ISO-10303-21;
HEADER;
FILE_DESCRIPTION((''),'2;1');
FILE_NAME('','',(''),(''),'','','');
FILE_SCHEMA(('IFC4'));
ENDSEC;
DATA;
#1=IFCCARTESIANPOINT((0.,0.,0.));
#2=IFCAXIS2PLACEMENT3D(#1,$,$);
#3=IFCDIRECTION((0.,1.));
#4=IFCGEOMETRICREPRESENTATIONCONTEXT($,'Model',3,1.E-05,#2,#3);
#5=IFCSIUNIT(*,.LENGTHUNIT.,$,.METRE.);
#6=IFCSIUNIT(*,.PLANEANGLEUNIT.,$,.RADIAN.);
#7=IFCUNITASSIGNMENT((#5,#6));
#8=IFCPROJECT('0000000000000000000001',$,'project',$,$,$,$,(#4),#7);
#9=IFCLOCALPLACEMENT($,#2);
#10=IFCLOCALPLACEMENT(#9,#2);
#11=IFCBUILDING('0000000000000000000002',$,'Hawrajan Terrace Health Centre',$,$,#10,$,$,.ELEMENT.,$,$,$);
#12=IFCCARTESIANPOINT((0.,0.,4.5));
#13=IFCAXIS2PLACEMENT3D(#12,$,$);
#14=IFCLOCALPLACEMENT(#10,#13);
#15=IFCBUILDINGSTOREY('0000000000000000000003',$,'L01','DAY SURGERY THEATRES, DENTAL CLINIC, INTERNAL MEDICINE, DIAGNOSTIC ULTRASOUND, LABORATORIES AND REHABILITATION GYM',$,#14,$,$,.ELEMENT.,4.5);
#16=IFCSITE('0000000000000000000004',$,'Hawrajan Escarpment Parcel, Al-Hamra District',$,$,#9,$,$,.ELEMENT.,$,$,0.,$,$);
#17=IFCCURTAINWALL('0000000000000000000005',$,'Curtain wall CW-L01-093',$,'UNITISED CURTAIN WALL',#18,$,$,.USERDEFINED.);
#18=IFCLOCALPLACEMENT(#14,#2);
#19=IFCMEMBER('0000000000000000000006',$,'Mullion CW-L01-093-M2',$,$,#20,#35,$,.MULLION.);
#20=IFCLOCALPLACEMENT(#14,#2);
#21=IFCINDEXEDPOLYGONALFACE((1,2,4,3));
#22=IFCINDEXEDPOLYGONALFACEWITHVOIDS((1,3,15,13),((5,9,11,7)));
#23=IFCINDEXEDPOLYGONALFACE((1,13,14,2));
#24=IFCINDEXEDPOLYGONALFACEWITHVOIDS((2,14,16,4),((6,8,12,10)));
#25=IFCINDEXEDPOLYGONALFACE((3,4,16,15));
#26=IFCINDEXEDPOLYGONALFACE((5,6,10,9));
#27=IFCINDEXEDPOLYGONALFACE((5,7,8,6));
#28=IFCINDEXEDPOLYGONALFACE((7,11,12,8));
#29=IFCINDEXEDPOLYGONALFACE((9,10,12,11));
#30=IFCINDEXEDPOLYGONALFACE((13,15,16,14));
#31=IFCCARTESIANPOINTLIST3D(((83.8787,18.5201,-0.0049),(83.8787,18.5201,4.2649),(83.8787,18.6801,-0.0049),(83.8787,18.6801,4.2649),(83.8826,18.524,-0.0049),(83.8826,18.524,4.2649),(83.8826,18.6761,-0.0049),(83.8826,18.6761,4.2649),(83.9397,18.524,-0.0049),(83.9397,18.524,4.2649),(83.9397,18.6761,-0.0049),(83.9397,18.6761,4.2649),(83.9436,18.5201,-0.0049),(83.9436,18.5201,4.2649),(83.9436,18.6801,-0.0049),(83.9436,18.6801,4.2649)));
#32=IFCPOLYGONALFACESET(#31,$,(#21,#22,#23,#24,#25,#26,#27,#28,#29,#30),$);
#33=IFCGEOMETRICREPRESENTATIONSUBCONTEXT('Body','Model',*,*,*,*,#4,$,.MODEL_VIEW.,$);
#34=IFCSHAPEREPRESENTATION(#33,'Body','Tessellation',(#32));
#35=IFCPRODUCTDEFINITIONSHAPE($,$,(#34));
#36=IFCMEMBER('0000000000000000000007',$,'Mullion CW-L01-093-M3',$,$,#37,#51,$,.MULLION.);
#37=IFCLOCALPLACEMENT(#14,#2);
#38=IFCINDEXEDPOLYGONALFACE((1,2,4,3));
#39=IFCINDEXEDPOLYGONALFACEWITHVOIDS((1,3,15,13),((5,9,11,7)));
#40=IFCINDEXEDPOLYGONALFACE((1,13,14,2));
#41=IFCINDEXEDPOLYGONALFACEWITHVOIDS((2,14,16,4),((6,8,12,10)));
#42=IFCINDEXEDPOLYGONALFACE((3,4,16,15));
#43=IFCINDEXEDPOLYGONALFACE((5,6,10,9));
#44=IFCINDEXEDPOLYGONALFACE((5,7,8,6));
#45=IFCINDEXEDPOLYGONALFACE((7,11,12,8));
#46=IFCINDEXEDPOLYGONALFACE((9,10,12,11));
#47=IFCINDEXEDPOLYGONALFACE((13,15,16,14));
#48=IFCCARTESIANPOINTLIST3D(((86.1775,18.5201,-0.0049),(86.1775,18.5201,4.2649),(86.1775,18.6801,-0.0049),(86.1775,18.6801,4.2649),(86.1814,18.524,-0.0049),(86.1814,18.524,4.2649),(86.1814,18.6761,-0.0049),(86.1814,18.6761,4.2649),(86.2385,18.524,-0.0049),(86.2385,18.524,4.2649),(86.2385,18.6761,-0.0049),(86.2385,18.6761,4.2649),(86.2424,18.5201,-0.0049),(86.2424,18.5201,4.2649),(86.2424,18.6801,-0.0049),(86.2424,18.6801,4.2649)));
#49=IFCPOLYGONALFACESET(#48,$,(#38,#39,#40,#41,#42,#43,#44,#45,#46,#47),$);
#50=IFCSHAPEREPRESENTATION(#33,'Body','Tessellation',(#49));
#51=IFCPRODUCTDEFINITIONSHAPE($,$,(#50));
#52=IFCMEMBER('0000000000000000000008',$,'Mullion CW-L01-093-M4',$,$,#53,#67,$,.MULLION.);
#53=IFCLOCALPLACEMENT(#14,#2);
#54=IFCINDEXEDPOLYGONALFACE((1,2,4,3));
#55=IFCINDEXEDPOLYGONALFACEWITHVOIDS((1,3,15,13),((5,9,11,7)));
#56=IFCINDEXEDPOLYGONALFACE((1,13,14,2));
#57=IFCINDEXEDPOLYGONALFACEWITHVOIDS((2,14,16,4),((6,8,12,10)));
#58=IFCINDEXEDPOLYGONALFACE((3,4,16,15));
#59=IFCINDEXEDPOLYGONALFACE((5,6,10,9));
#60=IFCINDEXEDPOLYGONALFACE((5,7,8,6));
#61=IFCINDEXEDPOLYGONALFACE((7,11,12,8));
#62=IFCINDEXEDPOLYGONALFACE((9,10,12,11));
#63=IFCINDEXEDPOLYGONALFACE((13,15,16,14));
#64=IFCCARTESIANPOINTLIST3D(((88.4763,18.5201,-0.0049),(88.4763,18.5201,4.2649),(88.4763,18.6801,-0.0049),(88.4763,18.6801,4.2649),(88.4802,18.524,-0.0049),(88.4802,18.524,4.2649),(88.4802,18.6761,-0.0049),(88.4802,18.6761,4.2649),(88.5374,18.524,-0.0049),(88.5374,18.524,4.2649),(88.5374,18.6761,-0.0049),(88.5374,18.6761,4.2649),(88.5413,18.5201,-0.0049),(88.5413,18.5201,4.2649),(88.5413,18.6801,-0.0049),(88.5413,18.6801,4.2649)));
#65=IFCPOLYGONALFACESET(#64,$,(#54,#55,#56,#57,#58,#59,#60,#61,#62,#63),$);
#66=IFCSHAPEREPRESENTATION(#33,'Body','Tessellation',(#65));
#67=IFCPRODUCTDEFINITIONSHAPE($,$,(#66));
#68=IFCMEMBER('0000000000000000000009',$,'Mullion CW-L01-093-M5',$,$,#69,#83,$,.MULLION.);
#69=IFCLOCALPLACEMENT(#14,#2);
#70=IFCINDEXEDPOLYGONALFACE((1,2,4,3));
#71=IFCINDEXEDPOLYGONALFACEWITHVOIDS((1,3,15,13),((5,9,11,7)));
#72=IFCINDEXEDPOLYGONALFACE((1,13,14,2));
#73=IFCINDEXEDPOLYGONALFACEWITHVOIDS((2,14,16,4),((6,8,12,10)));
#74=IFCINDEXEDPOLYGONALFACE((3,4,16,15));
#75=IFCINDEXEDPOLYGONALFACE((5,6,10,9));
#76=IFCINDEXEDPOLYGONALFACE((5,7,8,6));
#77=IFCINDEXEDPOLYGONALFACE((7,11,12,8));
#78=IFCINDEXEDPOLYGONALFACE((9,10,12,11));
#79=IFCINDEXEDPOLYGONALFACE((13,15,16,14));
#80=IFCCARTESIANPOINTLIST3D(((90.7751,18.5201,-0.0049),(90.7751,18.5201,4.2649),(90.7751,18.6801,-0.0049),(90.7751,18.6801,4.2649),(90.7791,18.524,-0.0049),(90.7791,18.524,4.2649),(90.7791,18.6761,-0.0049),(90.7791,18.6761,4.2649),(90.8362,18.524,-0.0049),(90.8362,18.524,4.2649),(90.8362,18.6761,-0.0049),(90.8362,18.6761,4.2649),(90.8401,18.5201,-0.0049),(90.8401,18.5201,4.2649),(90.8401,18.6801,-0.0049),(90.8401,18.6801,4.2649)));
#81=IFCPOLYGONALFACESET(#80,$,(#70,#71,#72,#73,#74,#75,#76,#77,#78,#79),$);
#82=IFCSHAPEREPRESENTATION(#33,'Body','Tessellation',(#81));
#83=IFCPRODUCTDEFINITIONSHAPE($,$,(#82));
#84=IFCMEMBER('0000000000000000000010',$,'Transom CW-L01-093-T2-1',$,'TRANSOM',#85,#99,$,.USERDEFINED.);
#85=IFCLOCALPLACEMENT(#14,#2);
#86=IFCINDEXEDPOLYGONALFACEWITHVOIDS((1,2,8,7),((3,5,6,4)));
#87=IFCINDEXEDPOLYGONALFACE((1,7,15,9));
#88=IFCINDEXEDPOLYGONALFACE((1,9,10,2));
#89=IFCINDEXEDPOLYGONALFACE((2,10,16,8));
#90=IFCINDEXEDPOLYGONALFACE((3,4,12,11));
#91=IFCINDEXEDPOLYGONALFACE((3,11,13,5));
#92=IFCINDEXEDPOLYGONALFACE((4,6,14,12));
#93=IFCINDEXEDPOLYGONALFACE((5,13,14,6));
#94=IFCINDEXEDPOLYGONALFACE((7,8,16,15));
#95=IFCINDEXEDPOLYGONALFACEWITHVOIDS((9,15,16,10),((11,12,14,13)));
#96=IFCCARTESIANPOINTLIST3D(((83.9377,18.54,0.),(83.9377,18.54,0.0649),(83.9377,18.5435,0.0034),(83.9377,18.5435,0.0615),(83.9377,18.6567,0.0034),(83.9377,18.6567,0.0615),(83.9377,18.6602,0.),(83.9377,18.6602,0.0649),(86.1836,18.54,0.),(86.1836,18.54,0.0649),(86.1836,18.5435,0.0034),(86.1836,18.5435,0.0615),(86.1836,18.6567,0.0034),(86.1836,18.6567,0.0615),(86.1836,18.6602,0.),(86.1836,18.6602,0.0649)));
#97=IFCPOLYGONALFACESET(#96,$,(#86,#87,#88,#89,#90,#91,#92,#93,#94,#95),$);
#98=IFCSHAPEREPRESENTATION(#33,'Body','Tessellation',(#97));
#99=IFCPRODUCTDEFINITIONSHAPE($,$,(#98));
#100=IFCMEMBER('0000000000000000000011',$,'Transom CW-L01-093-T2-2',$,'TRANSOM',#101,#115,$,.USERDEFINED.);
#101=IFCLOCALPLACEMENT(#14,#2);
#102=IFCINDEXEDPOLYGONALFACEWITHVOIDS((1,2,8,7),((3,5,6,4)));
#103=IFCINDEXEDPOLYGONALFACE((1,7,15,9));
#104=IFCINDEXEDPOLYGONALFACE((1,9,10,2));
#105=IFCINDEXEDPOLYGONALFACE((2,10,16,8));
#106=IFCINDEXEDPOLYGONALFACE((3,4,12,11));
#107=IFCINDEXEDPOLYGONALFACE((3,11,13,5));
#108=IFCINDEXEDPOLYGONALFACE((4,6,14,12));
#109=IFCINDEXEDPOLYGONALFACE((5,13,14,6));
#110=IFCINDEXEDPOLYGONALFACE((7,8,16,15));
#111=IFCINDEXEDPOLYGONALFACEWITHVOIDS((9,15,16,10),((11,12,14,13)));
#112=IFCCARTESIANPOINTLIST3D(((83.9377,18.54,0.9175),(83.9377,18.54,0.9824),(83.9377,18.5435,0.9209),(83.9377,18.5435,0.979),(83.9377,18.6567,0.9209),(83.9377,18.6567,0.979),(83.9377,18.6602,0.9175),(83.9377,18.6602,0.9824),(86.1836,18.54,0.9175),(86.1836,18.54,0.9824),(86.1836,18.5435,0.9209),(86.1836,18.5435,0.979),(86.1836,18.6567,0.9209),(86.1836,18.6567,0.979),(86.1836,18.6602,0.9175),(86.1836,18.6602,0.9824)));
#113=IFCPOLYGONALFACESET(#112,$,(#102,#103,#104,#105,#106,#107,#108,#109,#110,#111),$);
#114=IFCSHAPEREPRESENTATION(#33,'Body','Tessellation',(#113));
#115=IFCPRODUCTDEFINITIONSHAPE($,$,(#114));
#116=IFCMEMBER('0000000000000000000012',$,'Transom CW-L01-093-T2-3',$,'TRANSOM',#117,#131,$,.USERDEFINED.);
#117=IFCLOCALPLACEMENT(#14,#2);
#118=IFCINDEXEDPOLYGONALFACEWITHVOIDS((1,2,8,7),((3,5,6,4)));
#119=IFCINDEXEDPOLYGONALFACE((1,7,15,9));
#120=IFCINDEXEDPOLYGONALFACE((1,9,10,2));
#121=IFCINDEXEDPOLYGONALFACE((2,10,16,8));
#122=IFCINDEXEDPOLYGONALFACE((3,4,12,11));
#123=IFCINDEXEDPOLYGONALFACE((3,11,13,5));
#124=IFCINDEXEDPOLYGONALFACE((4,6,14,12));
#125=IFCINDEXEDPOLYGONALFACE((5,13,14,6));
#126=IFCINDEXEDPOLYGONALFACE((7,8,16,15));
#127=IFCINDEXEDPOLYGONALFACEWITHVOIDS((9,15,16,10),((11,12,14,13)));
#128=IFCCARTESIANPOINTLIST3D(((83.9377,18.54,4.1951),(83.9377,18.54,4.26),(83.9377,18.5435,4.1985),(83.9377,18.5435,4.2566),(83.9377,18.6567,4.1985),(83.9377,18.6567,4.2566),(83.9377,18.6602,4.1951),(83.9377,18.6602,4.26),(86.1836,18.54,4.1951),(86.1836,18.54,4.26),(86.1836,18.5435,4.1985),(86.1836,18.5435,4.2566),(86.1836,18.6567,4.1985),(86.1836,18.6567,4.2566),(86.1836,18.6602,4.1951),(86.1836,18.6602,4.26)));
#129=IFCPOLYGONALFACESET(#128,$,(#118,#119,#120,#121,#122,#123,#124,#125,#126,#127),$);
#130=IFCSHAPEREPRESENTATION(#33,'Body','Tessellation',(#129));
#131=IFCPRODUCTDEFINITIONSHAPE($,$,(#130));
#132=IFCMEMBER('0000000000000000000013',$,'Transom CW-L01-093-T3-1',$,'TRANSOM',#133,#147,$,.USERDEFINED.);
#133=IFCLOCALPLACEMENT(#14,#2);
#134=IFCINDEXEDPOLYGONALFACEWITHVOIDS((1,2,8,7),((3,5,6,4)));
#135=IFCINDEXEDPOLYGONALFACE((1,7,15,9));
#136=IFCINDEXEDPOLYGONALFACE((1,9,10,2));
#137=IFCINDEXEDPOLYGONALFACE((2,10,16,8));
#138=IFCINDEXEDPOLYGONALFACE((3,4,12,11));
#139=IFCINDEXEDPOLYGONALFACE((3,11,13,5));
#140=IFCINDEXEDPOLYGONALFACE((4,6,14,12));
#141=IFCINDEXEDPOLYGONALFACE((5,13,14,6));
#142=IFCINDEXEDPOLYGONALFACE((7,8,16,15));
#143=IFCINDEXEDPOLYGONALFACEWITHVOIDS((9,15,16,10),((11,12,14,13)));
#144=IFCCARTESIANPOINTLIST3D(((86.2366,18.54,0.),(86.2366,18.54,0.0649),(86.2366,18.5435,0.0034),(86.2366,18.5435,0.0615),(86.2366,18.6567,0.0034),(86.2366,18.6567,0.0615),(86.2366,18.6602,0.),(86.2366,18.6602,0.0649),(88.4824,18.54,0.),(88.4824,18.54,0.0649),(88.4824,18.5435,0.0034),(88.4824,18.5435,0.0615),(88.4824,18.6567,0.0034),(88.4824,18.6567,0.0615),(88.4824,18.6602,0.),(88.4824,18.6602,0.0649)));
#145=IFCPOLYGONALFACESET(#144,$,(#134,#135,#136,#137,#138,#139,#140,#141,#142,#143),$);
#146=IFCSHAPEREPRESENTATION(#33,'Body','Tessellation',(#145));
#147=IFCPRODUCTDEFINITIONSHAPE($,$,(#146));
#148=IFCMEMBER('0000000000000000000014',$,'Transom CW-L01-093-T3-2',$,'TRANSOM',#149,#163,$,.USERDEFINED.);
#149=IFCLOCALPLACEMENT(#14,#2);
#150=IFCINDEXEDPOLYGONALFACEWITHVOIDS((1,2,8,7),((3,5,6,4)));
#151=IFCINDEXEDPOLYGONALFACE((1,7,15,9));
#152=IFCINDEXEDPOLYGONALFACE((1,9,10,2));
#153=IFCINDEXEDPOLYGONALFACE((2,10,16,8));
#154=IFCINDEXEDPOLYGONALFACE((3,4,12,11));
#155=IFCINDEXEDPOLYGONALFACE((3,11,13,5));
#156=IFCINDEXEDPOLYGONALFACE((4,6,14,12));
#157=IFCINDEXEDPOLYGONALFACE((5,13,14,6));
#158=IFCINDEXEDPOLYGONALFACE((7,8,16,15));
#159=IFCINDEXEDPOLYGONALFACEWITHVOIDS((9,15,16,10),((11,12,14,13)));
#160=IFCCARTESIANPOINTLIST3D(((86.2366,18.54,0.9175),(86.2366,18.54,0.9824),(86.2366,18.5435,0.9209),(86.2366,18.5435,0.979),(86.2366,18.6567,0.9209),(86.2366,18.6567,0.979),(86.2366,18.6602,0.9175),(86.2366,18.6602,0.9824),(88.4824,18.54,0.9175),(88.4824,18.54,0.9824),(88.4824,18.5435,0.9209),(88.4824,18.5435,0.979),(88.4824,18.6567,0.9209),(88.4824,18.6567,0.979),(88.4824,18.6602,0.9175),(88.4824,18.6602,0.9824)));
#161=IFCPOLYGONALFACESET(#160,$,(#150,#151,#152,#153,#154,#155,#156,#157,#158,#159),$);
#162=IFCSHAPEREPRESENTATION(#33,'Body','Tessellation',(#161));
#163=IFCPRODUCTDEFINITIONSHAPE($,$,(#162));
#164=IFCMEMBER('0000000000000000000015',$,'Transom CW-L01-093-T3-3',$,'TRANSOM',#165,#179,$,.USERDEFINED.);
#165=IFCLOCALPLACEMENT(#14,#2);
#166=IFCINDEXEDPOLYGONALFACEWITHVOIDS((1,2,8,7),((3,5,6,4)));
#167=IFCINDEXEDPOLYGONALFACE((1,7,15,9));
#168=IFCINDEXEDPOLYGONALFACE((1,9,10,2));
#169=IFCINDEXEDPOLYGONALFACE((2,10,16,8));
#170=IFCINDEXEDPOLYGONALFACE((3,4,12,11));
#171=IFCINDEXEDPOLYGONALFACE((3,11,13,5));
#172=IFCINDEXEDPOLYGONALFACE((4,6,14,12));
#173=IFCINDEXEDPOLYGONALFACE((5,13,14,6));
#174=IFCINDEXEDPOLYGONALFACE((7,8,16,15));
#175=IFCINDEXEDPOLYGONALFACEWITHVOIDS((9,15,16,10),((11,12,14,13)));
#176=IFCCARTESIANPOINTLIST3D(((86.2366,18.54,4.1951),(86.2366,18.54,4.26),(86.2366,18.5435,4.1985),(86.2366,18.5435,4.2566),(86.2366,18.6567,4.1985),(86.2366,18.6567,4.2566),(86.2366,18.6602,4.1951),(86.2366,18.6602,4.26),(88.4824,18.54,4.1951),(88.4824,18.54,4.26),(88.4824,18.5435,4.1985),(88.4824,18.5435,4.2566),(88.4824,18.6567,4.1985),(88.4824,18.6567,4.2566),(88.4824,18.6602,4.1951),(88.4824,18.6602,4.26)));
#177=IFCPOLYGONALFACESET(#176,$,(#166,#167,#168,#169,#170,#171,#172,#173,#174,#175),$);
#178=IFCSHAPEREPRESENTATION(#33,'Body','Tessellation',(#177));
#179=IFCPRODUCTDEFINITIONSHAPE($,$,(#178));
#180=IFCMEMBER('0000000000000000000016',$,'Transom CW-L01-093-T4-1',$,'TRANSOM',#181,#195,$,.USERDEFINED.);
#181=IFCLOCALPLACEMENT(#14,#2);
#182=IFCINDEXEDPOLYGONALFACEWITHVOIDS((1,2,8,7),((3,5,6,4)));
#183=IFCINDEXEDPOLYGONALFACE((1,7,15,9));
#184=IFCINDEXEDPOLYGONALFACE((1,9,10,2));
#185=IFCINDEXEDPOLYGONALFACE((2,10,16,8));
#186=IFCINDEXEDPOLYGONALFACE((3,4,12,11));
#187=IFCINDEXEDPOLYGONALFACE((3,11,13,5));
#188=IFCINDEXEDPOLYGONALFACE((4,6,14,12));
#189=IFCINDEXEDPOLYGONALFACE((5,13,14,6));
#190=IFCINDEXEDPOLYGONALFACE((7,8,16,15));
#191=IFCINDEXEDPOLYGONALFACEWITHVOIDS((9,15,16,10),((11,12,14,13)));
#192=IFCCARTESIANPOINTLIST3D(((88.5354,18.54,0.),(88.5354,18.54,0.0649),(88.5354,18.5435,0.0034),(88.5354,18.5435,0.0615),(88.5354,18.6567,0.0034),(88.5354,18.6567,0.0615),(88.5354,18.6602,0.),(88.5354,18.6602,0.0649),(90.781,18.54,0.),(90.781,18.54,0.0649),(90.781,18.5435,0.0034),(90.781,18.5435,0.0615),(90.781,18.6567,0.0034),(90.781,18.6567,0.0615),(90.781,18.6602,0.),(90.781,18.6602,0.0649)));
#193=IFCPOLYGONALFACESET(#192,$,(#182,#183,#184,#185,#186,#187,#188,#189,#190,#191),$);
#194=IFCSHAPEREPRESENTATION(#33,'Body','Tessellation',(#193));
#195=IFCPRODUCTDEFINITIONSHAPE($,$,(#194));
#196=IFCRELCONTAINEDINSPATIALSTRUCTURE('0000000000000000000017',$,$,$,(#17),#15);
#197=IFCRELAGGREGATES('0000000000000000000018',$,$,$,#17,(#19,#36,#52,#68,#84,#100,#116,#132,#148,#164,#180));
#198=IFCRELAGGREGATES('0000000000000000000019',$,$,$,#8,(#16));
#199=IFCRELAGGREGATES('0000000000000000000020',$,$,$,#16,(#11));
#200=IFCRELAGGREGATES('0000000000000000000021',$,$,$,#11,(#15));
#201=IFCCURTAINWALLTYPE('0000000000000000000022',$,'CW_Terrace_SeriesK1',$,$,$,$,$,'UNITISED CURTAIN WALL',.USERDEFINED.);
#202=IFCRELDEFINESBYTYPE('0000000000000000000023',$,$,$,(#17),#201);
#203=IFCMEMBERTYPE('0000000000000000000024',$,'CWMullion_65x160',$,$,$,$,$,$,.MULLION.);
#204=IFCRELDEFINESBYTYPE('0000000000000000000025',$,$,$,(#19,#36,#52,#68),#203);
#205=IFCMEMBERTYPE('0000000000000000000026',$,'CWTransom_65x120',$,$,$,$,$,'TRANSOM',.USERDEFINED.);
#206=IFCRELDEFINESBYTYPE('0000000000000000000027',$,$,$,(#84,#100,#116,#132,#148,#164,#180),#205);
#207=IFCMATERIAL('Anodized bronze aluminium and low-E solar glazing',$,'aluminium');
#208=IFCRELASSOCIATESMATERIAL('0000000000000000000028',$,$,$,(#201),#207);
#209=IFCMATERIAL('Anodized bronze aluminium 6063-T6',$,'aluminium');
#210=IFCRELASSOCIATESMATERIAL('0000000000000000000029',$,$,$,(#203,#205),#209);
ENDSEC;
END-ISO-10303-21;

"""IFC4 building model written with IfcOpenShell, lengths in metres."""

from ifc_helpers import new_model, si_unit, direction, frame, origin, origin_2d, place, context, subcontext, project, spatial, hollow_rectangle, extrude, material, material_profile, profile_set, type_object, element, aggregate, save


model = new_model("IFC4")

# Units and contexts
model_context = context("Model", 3, precision=1e-05, world=origin(), true_north=direction((0.0, 1.0)))
body_context = subcontext(model_context, "Body", "Model", "MODEL_VIEW")
ifc_project = project(units=[si_unit("LENGTHUNIT", "METRE"), si_unit("PLANEANGLEUNIT", "RADIAN")], contexts=[model_context])

# Site, building, storey
site_placement = place(None, origin())
site = spatial("IfcSite", under=ifc_project, at=site_placement, Name="Hawrajan Escarpment Parcel, Al-Hamra District", CompositionType="ELEMENT", RefElevation=0.0)
building_placement = place(site_placement, origin())
building = spatial("IfcBuilding", under=site, at=building_placement, Name="Hawrajan Terrace Health Centre", CompositionType="ELEMENT")
storey_placement = place(building_placement, frame((0.0, 0.0, 4.5)))
storey = spatial("IfcBuildingStorey", under=building, at=storey_placement, Name="L01", Description="DAY SURGERY THEATRES, DENTAL CLINIC, INTERNAL MEDICINE, DIAGNOSTIC ULTRASOUND, LABORATORIES AND REHABILITATION GYM", CompositionType="ELEMENT", Elevation=4.5)

# Curtain wall, members
ifc_material_1 = material(Name="Anodized bronze aluminium and low-E solar glazing", Category="aluminium")
curtain_wall_type = type_object("IfcCurtainWallType", Name="CW_Terrace_SeriesK1", ElementType="UNITISED CURTAIN WALL", PredefinedType="USERDEFINED", material=ifc_material_1)
curtain_wall_placement = place(storey_placement, origin())
curtain_wall = element("IfcCurtainWall", 1, at=curtain_wall_placement, inside=storey, type_object=curtain_wall_type, Name="Curtain wall CW-L01-093", ObjectType="UNITISED CURTAIN WALL", PredefinedType="USERDEFINED")
ifc_material_2 = material(Name="Anodized bronze aluminium 6063-T6", Category="aluminium")
ifc_material_profile_1 = material_profile(ifc_material_2, hollow_rectangle(XDim=0.0649, YDim=0.1599, WallThickness=0.0039, at=origin_2d()), Name="CW MUL 65x160")
ifc_profile_set_1 = profile_set([ifc_material_profile_1], Name="Anodized bronze aluminium 6063-T6")
member_type_1 = type_object("IfcMemberType", Name="CWMullion_65x160", PredefinedType="MULLION", material=ifc_profile_set_1)
member_1_placement = place(storey_placement, frame((83.9111, 18.6001, -0.0049), z_axis=(0.0, 0.0, 1.0), x_axis=(1.0, 0.0, 0.0)))
member_1 = element("IfcMember", 2, at=member_1_placement, type_object=member_type_1, Name="Mullion CW-L01-093-M2", PredefinedType="MULLION", context=body_context, shape_type="SweptSolid", body=[
    extrude(hollow_rectangle(XDim=0.0649, YDim=0.1599, WallThickness=0.0039, at=origin_2d()), origin(), (0.0, 0.0, 1.0), 4.2698),
])
member_2_placement = place(storey_placement, frame((86.21, 18.6001, -0.0049), z_axis=(0.0, 0.0, 1.0), x_axis=(1.0, 0.0, 0.0)))
member_2 = element("IfcMember", 3, at=member_2_placement, type_object=member_type_1, Name="Mullion CW-L01-093-M3", PredefinedType="MULLION", context=body_context, shape_type="SweptSolid", body=[
    extrude(hollow_rectangle(XDim=0.0649, YDim=0.1599, WallThickness=0.0039, at=origin_2d()), origin(), (0.0, 0.0, 1.0), 4.2698),
])
member_3_placement = place(storey_placement, frame((88.5088, 18.6001, -0.0049), z_axis=(0.0, 0.0, 1.0), x_axis=(1.0, 0.0, 0.0)))
member_3 = element("IfcMember", 4, at=member_3_placement, type_object=member_type_1, Name="Mullion CW-L01-093-M4", PredefinedType="MULLION", context=body_context, shape_type="SweptSolid", body=[
    extrude(hollow_rectangle(XDim=0.0649, YDim=0.1599, WallThickness=0.0039, at=origin_2d()), origin(), (0.0, 0.0, 1.0), 4.2698),
])
member_4_placement = place(storey_placement, frame((90.8076, 18.6001, -0.0049), z_axis=(0.0, 0.0, 1.0), x_axis=(1.0, 0.0, 0.0)))
member_4 = element("IfcMember", 5, at=member_4_placement, type_object=member_type_1, Name="Mullion CW-L01-093-M5", PredefinedType="MULLION", context=body_context, shape_type="SweptSolid", body=[
    extrude(hollow_rectangle(XDim=0.0649, YDim=0.1599, WallThickness=0.0039, at=origin_2d()), origin(), (0.0, 0.0, 1.0), 4.2698),
])
ifc_material_profile_2 = material_profile(ifc_material_2, hollow_rectangle(XDim=0.0649, YDim=0.1201, WallThickness=0.0034, at=origin_2d()), Name="CW TRN 65x120")
ifc_profile_set_2 = profile_set([ifc_material_profile_2], Name="Anodized bronze aluminium 6063-T6")
member_type_2 = type_object("IfcMemberType", Name="CWTransom_65x120", ElementType="TRANSOM", PredefinedType="USERDEFINED", material=ifc_profile_set_2)
member_5_placement = place(storey_placement, frame((83.9377, 18.6001, 0.0325), z_axis=(1.0, 0.0, 0.0), x_axis=(0.0, 0.0, 1.0)))
member_5 = element("IfcMember", 6, at=member_5_placement, type_object=member_type_2, Name="Transom CW-L01-093-T2-1", ObjectType="TRANSOM", PredefinedType="USERDEFINED", context=body_context, shape_type="SweptSolid", body=[
    extrude(hollow_rectangle(XDim=0.0649, YDim=0.1201, WallThickness=0.0034, at=origin_2d()), origin(), (0.0, 0.0, 1.0), 2.2458),
])
member_6_placement = place(storey_placement, frame((83.9377, 18.6001, 0.95), z_axis=(1.0, 0.0, 0.0), x_axis=(0.0, 0.0, 1.0)))
member_6 = element("IfcMember", 7, at=member_6_placement, type_object=member_type_2, Name="Transom CW-L01-093-T2-2", ObjectType="TRANSOM", PredefinedType="USERDEFINED", context=body_context, shape_type="SweptSolid", body=[
    extrude(hollow_rectangle(XDim=0.0649, YDim=0.1201, WallThickness=0.0034, at=origin_2d()), origin(), (0.0, 0.0, 1.0), 2.2458),
])
member_7_placement = place(storey_placement, frame((83.9377, 18.6001, 4.2275), z_axis=(1.0, 0.0, 0.0), x_axis=(0.0, 0.0, 1.0)))
member_7 = element("IfcMember", 8, at=member_7_placement, type_object=member_type_2, Name="Transom CW-L01-093-T2-3", ObjectType="TRANSOM", PredefinedType="USERDEFINED", context=body_context, shape_type="SweptSolid", body=[
    extrude(hollow_rectangle(XDim=0.0649, YDim=0.1201, WallThickness=0.0034, at=origin_2d()), origin(), (0.0, 0.0, 1.0), 2.2458),
])
member_8_placement = place(storey_placement, frame((86.2366, 18.6001, 0.0325), z_axis=(1.0, 0.0, 0.0), x_axis=(0.0, 0.0, 1.0)))
member_8 = element("IfcMember", 9, at=member_8_placement, type_object=member_type_2, Name="Transom CW-L01-093-T3-1", ObjectType="TRANSOM", PredefinedType="USERDEFINED", context=body_context, shape_type="SweptSolid", body=[
    extrude(hollow_rectangle(XDim=0.0649, YDim=0.1201, WallThickness=0.0034, at=origin_2d()), origin(), (0.0, 0.0, 1.0), 2.2458),
])
member_9_placement = place(storey_placement, frame((86.2366, 18.6001, 0.95), z_axis=(1.0, 0.0, 0.0), x_axis=(0.0, 0.0, 1.0)))
member_9 = element("IfcMember", 10, at=member_9_placement, type_object=member_type_2, Name="Transom CW-L01-093-T3-2", ObjectType="TRANSOM", PredefinedType="USERDEFINED", context=body_context, shape_type="SweptSolid", body=[
    extrude(hollow_rectangle(XDim=0.0649, YDim=0.1201, WallThickness=0.0034, at=origin_2d()), origin(), (0.0, 0.0, 1.0), 2.2458),
])
member_10_placement = place(storey_placement, frame((86.2366, 18.6001, 4.2275), z_axis=(1.0, 0.0, 0.0), x_axis=(0.0, 0.0, 1.0)))
member_10 = element("IfcMember", 11, at=member_10_placement, type_object=member_type_2, Name="Transom CW-L01-093-T3-3", ObjectType="TRANSOM", PredefinedType="USERDEFINED", context=body_context, shape_type="SweptSolid", body=[
    extrude(hollow_rectangle(XDim=0.0649, YDim=0.1201, WallThickness=0.0034, at=origin_2d()), origin(), (0.0, 0.0, 1.0), 2.2458),
])
member_11_placement = place(storey_placement, frame((88.5354, 18.6001, 0.0325), z_axis=(1.0, 0.0, 0.0), x_axis=(0.0, 0.0, 1.0)))
member_11 = element("IfcMember", 12, at=member_11_placement, type_object=member_type_2, Name="Transom CW-L01-093-T4-1", ObjectType="TRANSOM", PredefinedType="USERDEFINED", context=body_context, shape_type="SweptSolid", body=[
    extrude(hollow_rectangle(XDim=0.0649, YDim=0.1201, WallThickness=0.0034, at=origin_2d()), origin(), (0.0, 0.0, 1.0), 2.2456),
])

aggregate(curtain_wall, [member_1, member_2, member_3, member_4, member_5, member_6, member_7, member_8, member_9, member_10, member_11])

save(model, "model.ifc")
